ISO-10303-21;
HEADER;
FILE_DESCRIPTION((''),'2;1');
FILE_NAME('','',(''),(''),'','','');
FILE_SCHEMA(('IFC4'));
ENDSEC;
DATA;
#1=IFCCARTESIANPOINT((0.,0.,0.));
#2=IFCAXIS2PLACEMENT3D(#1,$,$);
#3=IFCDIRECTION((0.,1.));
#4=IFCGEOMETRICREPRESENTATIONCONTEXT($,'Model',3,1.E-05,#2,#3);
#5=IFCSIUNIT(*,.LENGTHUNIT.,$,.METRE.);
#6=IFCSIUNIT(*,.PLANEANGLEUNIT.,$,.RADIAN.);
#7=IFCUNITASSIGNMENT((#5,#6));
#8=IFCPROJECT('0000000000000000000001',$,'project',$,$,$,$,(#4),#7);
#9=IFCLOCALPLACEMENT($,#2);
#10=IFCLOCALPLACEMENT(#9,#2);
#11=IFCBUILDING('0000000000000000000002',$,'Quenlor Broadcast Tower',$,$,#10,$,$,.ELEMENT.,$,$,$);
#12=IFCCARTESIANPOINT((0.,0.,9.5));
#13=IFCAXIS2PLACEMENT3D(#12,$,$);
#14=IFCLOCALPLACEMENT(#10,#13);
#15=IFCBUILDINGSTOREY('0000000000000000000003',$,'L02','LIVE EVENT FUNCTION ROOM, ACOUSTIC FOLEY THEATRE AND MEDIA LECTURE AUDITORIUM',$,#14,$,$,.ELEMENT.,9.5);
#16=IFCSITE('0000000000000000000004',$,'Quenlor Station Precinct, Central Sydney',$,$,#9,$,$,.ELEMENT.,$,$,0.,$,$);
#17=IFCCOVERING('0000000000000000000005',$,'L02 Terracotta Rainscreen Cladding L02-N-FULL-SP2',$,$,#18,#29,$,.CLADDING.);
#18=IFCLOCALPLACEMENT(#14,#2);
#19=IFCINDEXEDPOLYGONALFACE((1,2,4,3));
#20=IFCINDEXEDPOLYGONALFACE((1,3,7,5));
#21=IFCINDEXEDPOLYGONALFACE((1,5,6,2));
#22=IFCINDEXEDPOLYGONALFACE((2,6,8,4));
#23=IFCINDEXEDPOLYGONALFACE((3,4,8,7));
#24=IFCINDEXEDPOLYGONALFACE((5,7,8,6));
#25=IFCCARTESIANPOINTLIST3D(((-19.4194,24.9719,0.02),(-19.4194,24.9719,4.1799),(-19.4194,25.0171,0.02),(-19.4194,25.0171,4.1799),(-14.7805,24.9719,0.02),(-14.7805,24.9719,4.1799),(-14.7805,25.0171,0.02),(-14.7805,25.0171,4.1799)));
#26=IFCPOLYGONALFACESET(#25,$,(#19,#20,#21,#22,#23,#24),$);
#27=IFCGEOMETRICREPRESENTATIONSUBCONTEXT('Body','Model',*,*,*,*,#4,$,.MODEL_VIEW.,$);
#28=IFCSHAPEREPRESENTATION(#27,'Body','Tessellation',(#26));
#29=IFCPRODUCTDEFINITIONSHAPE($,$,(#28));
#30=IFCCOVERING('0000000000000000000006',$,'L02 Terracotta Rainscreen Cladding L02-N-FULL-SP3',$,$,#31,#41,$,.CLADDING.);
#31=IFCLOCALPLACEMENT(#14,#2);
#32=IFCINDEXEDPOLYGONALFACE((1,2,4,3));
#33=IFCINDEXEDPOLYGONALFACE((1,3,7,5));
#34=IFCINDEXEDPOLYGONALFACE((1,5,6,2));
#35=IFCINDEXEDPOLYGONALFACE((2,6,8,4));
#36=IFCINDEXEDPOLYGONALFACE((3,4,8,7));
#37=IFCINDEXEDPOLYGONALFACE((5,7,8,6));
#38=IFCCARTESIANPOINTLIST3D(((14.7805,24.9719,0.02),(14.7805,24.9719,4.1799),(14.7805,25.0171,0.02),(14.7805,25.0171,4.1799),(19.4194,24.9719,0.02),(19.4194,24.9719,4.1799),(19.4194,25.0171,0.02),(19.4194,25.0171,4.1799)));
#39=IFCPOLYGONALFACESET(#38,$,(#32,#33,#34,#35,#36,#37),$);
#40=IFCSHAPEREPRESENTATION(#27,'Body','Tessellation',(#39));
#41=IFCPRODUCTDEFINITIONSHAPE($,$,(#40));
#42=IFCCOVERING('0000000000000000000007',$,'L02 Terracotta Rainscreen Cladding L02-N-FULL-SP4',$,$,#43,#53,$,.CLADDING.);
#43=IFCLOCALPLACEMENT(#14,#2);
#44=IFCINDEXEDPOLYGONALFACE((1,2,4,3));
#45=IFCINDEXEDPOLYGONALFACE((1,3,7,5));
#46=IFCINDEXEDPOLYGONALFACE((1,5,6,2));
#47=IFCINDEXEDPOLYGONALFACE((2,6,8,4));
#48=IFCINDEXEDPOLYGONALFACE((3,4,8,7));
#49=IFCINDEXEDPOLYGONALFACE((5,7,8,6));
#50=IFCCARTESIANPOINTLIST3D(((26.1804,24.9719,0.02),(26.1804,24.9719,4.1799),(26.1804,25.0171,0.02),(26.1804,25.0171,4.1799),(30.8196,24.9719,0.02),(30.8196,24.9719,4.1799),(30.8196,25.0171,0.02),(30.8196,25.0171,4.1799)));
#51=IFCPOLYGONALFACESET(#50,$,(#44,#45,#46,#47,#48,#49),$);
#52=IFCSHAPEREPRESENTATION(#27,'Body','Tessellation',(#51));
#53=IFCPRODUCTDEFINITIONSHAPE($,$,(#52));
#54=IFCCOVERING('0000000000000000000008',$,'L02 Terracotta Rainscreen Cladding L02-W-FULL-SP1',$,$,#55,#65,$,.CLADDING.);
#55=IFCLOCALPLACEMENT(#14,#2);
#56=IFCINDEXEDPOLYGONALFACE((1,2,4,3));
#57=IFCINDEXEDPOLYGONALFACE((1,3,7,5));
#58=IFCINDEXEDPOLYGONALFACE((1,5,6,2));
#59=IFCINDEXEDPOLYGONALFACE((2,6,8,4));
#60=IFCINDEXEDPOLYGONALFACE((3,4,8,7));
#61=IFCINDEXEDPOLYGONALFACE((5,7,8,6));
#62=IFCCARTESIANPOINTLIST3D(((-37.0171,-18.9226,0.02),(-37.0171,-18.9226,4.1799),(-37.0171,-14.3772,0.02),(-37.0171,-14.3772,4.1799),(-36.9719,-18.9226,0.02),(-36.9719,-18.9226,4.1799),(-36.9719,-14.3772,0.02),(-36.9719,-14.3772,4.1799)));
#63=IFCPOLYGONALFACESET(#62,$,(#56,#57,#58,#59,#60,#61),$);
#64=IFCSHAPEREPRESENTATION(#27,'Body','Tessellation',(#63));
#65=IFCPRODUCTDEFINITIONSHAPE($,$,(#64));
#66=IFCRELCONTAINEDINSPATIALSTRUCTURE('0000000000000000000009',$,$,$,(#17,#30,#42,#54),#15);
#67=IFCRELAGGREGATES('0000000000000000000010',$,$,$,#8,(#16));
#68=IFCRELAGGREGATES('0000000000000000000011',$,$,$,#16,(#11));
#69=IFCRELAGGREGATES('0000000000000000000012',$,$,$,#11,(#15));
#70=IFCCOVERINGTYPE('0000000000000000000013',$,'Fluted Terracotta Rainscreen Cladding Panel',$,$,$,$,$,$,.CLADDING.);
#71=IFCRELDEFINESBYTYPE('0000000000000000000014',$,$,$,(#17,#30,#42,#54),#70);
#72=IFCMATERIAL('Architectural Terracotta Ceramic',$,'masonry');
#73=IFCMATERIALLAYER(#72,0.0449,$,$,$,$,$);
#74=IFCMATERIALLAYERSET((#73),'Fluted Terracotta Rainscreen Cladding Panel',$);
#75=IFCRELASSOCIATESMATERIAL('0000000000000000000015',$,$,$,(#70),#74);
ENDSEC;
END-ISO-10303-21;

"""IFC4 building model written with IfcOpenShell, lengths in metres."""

from ifc_helpers import new_model, si_unit, direction, frame, origin, place, context, subcontext, project, spatial, polyline, outline, extrude, material, layer, layer_set, type_object, element, save


model = new_model("IFC4")

# Units and contexts
model_context = context("Model", 3, precision=1e-05, world=origin(), true_north=direction((0.0, 1.0)))
body_context = subcontext(model_context, "Body", "Model", "MODEL_VIEW")
ifc_project = project(units=[si_unit("LENGTHUNIT", "METRE"), si_unit("PLANEANGLEUNIT", "RADIAN")], contexts=[model_context])

# Site, building, storey
site_placement = place(None, origin())
site = spatial("IfcSite", under=ifc_project, at=site_placement, Name="Quenlor Station Precinct, Central Sydney", CompositionType="ELEMENT", RefElevation=0.0)
building_placement = place(site_placement, origin())
building = spatial("IfcBuilding", under=site, at=building_placement, Name="Quenlor Broadcast Tower", CompositionType="ELEMENT")
storey_placement = place(building_placement, frame((0.0, 0.0, 9.5)))
storey = spatial("IfcBuildingStorey", under=building, at=storey_placement, Name="L02", Description="LIVE EVENT FUNCTION ROOM, ACOUSTIC FOLEY THEATRE AND MEDIA LECTURE AUDITORIUM", CompositionType="ELEMENT", Elevation=9.5)

# Coverings
ifc_material_1 = material(Name="Architectural Terracotta Ceramic", Category="masonry")
ifc_layer_1 = layer(ifc_material_1, 0.0449)
ifc_layer_set_1 = layer_set([ifc_layer_1], Name="Fluted Terracotta Rainscreen Cladding Panel")
covering_type = type_object("IfcCoveringType", Name="Fluted Terracotta Rainscreen Cladding Panel", PredefinedType="CLADDING", material=ifc_layer_set_1)
covering_1_placement = place(storey_placement, frame((0.0, 0.0, 0.02)))
element("IfcCovering", 1, at=covering_1_placement, inside=storey, type_object=covering_type, Name="L02 Terracotta Rainscreen Cladding L02-N-FULL-SP2", PredefinedType="CLADDING", context=body_context, shape_type="SweptSolid", body=[
    extrude(outline(polyline([(-19.4194, 24.9719), (-14.7805, 24.9719), (-14.7805, 25.0171), (-19.4194, 25.0171), (-19.4194, 24.9719)])), origin(), (0.0, 0.0, 1.0), 4.1599),
])
covering_2_placement = place(storey_placement, frame((0.0, 0.0, 0.02)))
element("IfcCovering", 2, at=covering_2_placement, inside=storey, type_object=covering_type, Name="L02 Terracotta Rainscreen Cladding L02-N-FULL-SP3", PredefinedType="CLADDING", context=body_context, shape_type="SweptSolid", body=[
    extrude(outline(polyline([(14.7805, 24.9719), (19.4194, 24.9719), (19.4194, 25.0171), (14.7805, 25.0171), (14.7805, 24.9719)])), origin(), (0.0, 0.0, 1.0), 4.1599),
])
covering_3_placement = place(storey_placement, frame((0.0, 0.0, 0.02)))
element("IfcCovering", 3, at=covering_3_placement, inside=storey, type_object=covering_type, Name="L02 Terracotta Rainscreen Cladding L02-N-FULL-SP4", PredefinedType="CLADDING", context=body_context, shape_type="SweptSolid", body=[
    extrude(outline(polyline([(26.1804, 24.9719), (30.8196, 24.9719), (30.8196, 25.0171), (26.1804, 25.0171), (26.1804, 24.9719)])), origin(), (0.0, 0.0, 1.0), 4.1599),
])
covering_4_placement = place(storey_placement, frame((0.0, 0.0, 0.02)))
element("IfcCovering", 4, at=covering_4_placement, inside=storey, type_object=covering_type, Name="L02 Terracotta Rainscreen Cladding L02-W-FULL-SP1", PredefinedType="CLADDING", context=body_context, shape_type="SweptSolid", body=[
    extrude(outline(polyline([(-36.9719, -18.9226), (-36.9719, -14.3772), (-37.0171, -14.3772), (-37.0171, -18.9226), (-36.9719, -18.9226)])), origin(), (0.0, 0.0, 1.0), 4.1599),
])

save(model, "model.ifc")
